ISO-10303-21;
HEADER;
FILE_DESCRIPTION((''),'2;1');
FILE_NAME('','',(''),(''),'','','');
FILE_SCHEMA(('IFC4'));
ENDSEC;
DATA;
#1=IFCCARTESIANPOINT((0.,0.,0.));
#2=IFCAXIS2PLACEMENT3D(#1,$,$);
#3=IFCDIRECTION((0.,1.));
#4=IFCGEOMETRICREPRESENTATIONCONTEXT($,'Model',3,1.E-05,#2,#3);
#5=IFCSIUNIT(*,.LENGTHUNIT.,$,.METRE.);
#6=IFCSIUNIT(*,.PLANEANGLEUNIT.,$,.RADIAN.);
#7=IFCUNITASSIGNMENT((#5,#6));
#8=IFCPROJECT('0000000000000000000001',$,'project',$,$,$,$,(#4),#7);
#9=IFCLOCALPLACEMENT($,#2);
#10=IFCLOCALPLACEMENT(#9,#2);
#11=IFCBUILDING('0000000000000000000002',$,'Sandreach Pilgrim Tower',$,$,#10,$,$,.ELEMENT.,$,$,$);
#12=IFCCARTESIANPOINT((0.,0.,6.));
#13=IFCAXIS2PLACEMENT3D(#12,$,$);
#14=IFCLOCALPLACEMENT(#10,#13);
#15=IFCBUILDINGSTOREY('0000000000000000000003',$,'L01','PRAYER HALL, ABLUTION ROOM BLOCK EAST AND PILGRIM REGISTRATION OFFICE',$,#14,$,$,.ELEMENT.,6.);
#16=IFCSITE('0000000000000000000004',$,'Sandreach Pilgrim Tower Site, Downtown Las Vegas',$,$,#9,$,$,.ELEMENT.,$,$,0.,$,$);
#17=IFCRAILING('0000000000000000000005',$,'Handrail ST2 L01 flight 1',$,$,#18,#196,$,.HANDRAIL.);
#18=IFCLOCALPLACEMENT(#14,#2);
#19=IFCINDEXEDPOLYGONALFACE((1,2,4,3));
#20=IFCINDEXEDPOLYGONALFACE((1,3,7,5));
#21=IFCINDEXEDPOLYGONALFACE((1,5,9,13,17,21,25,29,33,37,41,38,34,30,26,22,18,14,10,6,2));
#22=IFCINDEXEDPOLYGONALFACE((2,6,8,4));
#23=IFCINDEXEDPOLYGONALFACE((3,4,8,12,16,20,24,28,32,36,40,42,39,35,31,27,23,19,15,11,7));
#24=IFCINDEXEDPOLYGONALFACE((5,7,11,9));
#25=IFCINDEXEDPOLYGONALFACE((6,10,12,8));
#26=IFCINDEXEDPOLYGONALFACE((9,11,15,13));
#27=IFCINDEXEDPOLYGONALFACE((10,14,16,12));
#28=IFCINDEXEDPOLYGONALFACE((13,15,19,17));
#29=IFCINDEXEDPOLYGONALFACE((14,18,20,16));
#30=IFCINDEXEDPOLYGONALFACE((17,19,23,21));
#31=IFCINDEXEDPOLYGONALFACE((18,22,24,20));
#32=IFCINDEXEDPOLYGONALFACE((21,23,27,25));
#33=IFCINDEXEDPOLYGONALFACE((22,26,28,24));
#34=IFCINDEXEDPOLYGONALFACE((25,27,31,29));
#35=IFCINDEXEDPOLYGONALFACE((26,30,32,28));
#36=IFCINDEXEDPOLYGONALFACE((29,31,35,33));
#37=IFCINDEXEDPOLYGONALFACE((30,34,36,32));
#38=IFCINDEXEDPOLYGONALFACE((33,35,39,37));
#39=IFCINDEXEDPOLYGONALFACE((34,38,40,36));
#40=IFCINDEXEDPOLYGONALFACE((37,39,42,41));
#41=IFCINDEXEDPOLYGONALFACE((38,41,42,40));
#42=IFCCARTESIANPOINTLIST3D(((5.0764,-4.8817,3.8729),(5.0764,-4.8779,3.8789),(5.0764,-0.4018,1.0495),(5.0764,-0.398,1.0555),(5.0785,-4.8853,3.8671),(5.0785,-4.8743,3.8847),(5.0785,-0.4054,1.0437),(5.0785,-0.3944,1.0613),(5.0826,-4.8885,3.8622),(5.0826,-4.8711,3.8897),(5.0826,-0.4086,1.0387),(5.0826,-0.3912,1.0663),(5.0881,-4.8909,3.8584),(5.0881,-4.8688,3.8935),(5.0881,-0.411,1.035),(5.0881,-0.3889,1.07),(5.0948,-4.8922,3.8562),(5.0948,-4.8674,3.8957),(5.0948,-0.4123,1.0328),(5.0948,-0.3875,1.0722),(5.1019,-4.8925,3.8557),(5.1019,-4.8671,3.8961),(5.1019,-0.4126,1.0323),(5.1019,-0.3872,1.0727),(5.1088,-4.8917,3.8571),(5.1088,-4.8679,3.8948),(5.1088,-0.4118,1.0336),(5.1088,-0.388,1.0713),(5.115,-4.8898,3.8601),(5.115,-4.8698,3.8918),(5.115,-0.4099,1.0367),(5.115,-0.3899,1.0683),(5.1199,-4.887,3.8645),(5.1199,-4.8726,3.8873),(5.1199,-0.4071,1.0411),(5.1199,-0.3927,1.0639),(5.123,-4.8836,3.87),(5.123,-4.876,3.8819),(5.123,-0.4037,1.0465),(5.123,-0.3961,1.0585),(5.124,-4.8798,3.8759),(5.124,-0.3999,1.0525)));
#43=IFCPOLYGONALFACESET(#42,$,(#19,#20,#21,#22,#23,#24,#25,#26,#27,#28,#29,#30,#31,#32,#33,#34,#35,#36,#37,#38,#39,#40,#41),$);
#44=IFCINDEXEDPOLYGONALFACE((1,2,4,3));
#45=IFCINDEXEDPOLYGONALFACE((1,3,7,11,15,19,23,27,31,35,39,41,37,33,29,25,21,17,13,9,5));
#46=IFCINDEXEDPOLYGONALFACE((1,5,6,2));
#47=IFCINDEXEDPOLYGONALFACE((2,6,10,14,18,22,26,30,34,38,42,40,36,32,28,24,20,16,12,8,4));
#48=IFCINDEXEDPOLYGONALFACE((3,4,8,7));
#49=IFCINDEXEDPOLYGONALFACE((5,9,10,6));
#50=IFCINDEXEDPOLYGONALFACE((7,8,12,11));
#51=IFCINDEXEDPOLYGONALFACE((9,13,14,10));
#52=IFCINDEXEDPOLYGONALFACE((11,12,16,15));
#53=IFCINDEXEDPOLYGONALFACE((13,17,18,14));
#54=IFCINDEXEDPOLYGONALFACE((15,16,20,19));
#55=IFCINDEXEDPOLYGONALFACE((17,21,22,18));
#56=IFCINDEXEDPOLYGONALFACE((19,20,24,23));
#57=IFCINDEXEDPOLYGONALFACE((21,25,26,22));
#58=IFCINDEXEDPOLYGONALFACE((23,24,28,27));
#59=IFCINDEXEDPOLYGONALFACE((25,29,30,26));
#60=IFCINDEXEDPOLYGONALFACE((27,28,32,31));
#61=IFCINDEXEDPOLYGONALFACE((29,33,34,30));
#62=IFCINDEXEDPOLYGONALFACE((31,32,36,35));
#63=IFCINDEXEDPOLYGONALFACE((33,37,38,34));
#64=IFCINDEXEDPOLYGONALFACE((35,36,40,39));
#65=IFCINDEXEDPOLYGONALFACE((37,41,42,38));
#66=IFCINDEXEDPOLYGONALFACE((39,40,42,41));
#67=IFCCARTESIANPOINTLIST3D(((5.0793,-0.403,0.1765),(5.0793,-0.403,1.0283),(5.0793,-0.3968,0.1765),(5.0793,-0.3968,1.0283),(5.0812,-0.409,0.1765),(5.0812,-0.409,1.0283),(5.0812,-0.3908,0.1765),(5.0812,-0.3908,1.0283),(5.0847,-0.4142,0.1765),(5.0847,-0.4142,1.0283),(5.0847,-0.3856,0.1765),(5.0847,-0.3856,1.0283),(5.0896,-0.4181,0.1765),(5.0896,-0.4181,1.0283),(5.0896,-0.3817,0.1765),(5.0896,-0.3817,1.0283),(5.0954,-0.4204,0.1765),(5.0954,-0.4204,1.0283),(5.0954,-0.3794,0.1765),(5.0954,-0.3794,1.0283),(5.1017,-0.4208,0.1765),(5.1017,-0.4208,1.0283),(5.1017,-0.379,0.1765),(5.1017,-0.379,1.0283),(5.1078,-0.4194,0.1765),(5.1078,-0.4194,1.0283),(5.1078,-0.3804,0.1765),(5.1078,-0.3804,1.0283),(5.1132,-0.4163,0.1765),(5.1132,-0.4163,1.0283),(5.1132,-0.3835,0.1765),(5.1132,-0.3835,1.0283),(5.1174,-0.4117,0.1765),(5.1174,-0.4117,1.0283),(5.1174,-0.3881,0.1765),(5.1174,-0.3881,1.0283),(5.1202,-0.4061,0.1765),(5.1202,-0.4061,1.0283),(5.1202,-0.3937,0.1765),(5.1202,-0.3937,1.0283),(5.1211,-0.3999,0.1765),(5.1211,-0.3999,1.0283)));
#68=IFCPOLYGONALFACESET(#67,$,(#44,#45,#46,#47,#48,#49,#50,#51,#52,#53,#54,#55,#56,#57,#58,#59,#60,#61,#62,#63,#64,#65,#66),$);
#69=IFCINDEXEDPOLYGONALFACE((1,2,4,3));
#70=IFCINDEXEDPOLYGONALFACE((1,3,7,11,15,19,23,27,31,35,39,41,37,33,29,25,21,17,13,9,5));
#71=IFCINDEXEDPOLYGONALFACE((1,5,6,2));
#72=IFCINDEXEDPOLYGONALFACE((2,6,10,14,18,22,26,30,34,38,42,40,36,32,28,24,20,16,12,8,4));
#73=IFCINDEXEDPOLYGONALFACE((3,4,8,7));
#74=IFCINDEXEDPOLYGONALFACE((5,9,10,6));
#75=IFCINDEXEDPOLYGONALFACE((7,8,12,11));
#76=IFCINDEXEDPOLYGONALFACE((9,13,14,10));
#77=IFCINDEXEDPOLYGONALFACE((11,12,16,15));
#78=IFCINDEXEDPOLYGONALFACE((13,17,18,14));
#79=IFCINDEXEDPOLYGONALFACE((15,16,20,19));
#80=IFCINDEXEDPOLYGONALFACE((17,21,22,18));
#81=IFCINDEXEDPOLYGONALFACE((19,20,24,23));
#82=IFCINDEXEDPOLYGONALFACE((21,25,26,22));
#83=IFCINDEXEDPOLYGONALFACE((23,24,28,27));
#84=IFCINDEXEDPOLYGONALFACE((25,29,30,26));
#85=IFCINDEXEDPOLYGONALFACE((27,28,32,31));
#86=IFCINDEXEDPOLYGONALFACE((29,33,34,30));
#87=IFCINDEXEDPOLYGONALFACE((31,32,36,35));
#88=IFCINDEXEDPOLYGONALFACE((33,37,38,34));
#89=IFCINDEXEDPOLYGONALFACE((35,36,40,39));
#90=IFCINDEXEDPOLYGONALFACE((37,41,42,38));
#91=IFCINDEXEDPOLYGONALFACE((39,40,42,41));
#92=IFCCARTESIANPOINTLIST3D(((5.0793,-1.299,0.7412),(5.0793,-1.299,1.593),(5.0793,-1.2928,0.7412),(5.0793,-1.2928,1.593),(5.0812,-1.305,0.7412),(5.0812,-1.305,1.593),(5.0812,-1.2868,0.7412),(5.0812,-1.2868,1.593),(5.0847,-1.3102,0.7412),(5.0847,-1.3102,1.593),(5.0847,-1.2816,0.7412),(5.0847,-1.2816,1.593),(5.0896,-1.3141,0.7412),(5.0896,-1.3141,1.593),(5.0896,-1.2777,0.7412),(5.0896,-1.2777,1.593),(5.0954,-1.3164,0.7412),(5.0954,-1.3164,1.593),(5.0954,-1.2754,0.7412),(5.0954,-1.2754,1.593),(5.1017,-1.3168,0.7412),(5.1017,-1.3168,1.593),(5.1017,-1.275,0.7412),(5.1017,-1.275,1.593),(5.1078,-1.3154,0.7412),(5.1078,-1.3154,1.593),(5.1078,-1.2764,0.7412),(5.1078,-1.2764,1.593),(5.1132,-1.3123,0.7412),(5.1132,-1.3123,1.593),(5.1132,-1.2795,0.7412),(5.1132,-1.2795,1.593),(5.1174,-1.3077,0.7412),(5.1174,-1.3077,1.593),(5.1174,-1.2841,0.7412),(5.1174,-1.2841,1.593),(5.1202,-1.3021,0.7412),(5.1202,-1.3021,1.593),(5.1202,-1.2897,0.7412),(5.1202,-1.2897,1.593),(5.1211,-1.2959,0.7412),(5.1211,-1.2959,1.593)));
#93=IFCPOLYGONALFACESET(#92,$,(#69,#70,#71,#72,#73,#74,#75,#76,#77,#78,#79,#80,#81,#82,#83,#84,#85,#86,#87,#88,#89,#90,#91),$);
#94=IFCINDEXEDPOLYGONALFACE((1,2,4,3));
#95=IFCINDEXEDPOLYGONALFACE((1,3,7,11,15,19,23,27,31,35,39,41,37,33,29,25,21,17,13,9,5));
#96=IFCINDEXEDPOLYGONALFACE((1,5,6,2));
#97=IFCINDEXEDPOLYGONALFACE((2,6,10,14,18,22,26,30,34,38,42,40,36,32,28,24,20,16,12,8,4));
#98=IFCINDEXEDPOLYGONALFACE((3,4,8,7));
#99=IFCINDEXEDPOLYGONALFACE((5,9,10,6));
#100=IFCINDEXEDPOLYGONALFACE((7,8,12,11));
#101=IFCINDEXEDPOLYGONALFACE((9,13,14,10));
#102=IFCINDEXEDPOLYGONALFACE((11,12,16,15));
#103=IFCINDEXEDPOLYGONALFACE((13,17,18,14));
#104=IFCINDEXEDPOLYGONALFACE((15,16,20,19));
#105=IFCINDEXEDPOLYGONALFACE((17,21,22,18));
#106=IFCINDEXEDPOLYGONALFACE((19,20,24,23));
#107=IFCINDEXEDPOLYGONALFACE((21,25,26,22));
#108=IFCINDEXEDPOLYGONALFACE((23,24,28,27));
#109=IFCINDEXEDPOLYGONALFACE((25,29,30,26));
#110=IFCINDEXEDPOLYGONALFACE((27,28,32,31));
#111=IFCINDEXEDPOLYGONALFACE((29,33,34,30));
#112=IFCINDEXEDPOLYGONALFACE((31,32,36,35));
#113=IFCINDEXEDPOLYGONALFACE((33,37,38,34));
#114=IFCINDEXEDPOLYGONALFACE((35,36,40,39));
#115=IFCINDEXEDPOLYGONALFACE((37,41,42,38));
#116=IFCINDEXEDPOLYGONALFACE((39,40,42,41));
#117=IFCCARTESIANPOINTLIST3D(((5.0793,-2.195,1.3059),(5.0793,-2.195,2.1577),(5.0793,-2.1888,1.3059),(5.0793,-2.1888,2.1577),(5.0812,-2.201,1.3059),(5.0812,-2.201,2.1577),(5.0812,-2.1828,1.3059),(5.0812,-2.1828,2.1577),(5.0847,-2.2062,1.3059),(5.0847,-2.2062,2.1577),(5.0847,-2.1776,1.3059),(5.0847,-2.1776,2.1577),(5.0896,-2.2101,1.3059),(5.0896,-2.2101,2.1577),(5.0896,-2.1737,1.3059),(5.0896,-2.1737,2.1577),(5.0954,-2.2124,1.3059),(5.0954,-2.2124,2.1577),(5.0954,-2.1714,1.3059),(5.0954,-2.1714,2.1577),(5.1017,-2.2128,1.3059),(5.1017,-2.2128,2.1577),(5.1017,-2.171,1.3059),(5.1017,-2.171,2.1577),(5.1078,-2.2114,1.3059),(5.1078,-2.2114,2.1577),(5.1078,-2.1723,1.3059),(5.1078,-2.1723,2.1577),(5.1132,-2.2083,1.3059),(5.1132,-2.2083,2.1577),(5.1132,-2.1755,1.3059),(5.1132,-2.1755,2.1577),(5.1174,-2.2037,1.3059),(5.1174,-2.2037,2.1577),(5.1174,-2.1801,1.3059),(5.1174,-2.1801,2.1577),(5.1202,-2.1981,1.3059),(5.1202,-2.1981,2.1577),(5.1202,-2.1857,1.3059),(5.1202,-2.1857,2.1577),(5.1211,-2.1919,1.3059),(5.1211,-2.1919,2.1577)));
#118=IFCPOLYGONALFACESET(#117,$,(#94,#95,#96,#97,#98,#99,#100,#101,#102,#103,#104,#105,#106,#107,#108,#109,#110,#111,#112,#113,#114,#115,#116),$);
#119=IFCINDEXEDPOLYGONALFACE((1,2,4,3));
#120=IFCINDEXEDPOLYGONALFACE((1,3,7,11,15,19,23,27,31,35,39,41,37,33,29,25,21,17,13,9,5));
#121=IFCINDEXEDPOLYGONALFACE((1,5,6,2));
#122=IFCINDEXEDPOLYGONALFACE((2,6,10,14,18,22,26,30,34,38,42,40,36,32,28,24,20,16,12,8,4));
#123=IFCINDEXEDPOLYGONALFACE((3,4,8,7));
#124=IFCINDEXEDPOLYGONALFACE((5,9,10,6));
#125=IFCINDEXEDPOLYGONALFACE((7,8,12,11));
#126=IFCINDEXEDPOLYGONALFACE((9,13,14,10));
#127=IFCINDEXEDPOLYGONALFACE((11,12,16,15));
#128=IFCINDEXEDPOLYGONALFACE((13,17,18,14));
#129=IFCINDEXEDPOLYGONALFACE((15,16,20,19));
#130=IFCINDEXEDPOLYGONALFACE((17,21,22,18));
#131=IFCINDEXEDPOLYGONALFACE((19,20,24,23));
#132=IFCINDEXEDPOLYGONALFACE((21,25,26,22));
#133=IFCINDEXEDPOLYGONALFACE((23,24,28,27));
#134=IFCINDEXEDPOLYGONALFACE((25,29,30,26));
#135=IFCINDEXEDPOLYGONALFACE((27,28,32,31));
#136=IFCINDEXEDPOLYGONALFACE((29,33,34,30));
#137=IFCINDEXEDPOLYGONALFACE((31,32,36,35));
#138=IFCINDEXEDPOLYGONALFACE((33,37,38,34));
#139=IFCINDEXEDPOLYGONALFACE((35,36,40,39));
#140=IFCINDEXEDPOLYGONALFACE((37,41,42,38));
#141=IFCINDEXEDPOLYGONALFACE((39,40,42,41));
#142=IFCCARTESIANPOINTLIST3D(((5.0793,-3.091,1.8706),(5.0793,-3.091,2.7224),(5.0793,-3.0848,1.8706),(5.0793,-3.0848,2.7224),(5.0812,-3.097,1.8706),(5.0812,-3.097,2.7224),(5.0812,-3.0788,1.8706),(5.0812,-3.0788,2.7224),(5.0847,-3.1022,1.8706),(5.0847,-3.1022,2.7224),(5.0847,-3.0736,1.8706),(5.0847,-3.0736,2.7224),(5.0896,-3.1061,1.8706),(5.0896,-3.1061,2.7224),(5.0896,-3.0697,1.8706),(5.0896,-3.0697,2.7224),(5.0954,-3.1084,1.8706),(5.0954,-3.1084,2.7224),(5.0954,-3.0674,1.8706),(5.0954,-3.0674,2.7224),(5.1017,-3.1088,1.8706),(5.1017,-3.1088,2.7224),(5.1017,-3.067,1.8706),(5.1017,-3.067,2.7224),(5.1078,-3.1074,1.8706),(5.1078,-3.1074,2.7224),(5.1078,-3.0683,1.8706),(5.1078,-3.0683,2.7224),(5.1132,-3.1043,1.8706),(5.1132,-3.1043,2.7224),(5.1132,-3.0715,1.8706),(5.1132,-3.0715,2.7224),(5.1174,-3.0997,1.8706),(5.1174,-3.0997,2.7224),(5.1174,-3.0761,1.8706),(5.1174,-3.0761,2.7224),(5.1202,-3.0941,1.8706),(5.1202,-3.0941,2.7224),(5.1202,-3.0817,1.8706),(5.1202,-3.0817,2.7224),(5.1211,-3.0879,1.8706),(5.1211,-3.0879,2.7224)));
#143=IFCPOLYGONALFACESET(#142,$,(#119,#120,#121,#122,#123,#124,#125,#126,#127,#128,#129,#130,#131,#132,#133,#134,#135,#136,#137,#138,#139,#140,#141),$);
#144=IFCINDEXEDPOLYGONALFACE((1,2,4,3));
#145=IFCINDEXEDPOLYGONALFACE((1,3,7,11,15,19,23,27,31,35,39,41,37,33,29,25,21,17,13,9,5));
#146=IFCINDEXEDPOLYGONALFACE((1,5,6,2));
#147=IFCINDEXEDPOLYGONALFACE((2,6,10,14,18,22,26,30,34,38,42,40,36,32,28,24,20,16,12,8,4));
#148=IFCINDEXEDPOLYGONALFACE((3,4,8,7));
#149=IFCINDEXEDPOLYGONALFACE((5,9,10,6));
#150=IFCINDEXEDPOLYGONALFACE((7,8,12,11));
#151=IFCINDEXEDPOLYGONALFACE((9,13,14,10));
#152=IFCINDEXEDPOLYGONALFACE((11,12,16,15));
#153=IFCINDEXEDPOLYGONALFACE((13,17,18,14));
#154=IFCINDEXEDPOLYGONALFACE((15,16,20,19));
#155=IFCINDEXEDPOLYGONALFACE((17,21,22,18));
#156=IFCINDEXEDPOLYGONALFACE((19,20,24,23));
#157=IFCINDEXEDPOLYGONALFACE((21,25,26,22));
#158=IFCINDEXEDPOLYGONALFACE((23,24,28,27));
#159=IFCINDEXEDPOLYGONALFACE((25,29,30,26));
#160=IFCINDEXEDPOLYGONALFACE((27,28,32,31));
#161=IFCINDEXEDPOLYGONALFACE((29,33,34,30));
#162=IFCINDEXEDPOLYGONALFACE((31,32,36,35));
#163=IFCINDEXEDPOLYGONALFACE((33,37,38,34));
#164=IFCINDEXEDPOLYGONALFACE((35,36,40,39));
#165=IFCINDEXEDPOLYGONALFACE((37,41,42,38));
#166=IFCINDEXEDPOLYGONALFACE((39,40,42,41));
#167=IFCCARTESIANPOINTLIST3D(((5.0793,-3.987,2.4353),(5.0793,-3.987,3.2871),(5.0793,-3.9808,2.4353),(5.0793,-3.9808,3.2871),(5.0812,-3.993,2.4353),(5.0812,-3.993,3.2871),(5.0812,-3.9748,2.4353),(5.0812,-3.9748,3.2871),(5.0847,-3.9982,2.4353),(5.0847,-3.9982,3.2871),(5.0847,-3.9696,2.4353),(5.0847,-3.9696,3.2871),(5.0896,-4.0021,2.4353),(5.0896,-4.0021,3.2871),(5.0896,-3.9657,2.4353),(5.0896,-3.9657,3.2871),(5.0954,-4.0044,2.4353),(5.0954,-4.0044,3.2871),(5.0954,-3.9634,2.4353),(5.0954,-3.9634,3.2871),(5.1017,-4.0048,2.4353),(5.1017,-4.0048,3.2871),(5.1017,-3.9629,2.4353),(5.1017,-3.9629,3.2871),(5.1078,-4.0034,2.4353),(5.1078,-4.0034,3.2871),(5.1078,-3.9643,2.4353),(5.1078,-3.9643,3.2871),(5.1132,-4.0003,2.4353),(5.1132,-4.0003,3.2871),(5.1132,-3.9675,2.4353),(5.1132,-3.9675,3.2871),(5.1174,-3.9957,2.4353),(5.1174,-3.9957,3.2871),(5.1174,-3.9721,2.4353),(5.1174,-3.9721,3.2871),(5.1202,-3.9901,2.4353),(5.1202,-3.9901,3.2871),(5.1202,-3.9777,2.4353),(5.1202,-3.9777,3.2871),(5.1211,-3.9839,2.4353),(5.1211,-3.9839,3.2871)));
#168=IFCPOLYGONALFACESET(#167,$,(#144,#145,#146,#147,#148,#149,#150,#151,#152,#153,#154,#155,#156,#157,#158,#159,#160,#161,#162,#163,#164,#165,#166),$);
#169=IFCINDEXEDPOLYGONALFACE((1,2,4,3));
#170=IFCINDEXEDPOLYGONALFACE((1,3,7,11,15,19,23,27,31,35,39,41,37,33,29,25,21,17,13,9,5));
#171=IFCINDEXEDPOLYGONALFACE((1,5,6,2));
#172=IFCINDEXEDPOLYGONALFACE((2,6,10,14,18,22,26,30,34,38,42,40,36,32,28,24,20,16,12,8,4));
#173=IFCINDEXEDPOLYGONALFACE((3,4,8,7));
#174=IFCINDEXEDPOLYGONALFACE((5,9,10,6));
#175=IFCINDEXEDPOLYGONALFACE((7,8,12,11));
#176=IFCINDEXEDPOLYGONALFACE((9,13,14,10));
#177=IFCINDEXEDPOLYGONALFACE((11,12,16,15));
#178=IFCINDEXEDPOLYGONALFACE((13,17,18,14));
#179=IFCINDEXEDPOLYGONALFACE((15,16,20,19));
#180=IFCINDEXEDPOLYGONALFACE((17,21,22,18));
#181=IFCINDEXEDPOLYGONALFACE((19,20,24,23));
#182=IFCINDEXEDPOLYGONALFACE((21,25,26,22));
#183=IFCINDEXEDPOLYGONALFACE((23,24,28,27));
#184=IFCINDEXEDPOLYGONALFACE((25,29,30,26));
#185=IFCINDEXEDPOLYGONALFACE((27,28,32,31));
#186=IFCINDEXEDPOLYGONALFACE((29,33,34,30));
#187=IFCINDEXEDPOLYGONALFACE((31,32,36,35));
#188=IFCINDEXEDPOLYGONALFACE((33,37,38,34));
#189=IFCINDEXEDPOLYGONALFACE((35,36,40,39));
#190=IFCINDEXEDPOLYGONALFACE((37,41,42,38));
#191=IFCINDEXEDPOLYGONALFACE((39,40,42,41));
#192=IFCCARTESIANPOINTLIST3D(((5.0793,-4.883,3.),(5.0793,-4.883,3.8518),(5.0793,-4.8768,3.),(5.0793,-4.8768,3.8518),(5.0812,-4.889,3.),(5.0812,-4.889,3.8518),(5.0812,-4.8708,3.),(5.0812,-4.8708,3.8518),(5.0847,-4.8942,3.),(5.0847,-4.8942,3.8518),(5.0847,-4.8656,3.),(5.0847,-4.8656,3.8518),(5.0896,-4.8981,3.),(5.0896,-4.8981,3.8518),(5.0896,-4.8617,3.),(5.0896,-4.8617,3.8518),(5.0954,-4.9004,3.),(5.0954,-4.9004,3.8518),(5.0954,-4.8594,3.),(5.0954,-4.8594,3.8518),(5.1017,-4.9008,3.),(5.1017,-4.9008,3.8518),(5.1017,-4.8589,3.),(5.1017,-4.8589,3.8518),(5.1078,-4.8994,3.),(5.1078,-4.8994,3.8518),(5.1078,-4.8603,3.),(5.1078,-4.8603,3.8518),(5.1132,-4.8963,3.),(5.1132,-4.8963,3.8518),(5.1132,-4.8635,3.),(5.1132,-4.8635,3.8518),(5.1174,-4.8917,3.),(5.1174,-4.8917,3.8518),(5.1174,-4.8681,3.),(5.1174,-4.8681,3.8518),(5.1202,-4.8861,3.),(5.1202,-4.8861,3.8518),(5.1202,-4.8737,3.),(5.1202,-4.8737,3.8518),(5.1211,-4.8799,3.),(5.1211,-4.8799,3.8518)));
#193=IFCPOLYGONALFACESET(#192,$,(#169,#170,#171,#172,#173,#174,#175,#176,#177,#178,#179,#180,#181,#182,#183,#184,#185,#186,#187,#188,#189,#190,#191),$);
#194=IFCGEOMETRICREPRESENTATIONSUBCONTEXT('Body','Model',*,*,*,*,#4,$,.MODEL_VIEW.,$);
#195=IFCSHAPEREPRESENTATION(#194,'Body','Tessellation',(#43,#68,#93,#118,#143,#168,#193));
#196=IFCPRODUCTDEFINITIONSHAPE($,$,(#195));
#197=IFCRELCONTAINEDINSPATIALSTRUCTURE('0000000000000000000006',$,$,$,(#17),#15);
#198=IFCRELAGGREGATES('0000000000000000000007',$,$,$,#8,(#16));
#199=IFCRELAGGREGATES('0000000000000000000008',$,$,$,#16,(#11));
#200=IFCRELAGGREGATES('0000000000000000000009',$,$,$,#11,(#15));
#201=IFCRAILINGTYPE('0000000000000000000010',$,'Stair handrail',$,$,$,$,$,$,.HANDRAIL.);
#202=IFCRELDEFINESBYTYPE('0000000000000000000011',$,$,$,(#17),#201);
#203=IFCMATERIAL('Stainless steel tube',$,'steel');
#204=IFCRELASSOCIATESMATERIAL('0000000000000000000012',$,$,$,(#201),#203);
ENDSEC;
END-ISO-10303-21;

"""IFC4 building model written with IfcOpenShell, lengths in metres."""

from ifc_helpers import new_model, si_unit, direction, frame, origin, origin_2d, place, context, subcontext, project, spatial, circle, extrude, material, type_object, element, save


model = new_model("IFC4")

# Units and contexts
model_context = context("Model", 3, precision=1e-05, world=origin(), true_north=direction((0.0, 1.0)))
body_context = subcontext(model_context, "Body", "Model", "MODEL_VIEW")
ifc_project = project(units=[si_unit("LENGTHUNIT", "METRE"), si_unit("PLANEANGLEUNIT", "RADIAN")], contexts=[model_context])

# Site, building, storey
site_placement = place(None, origin())
site = spatial("IfcSite", under=ifc_project, at=site_placement, Name="Sandreach Pilgrim Tower Site, Downtown Las Vegas", CompositionType="ELEMENT", RefElevation=0.0)
building_placement = place(site_placement, origin())
building = spatial("IfcBuilding", under=site, at=building_placement, Name="Sandreach Pilgrim Tower", CompositionType="ELEMENT")
storey_placement = place(building_placement, frame((0.0, 0.0, 6.0)))
storey = spatial("IfcBuildingStorey", under=building, at=storey_placement, Name="L01", Description="PRAYER HALL, ABLUTION ROOM BLOCK EAST AND PILGRIM REGISTRATION OFFICE", CompositionType="ELEMENT", Elevation=6.0)

# Railing
ifc_material_1 = material(Name="Stainless steel tube", Category="steel")
railing_type = type_object("IfcRailingType", Name="Stair handrail", PredefinedType="HANDRAIL", material=ifc_material_1)
for number, where, name in (
    (1, (5.1001, -0.3999, 0.1765), "Handrail ST2 L01 flight 1"),
):
    element("IfcRailing", number, at=place(storey_placement, frame(where)), inside=storey, type_object=railing_type, Name=name, PredefinedType="HANDRAIL", context=body_context, shape_type="SweptSolid", body=[
        extrude(circle(Radius=0.0239, at=origin_2d()), frame((0.0, 0.0, 0.876), z_axis=(0.0, -0.845998, 0.533186), x_axis=(1.0, 0.0, 0.0)), (0.0, 0.0, 1.0), 5.2954),
        extrude(circle(Radius=0.021, at=origin_2d()), origin(), (0.0, 0.0, 1.0), 0.8518),
        extrude(circle(Radius=0.021, at=origin_2d()), frame((0.0, -0.896, 0.5647)), (0.0, 0.0, 1.0), 0.8518),
        extrude(circle(Radius=0.021, at=origin_2d()), frame((0.0, -1.792, 1.1294)), (0.0, 0.0, 1.0), 0.8518),
        extrude(circle(Radius=0.021, at=origin_2d()), frame((0.0, -2.688, 1.6941)), (0.0, 0.0, 1.0), 0.8518),
        extrude(circle(Radius=0.021, at=origin_2d()), frame((0.0, -3.584, 2.2588)), (0.0, 0.0, 1.0), 0.8518),
        extrude(circle(Radius=0.021, at=origin_2d()), frame((0.0, -4.48, 2.8235)), (0.0, 0.0, 1.0), 0.8518),
    ])

save(model, "model.ifc")
